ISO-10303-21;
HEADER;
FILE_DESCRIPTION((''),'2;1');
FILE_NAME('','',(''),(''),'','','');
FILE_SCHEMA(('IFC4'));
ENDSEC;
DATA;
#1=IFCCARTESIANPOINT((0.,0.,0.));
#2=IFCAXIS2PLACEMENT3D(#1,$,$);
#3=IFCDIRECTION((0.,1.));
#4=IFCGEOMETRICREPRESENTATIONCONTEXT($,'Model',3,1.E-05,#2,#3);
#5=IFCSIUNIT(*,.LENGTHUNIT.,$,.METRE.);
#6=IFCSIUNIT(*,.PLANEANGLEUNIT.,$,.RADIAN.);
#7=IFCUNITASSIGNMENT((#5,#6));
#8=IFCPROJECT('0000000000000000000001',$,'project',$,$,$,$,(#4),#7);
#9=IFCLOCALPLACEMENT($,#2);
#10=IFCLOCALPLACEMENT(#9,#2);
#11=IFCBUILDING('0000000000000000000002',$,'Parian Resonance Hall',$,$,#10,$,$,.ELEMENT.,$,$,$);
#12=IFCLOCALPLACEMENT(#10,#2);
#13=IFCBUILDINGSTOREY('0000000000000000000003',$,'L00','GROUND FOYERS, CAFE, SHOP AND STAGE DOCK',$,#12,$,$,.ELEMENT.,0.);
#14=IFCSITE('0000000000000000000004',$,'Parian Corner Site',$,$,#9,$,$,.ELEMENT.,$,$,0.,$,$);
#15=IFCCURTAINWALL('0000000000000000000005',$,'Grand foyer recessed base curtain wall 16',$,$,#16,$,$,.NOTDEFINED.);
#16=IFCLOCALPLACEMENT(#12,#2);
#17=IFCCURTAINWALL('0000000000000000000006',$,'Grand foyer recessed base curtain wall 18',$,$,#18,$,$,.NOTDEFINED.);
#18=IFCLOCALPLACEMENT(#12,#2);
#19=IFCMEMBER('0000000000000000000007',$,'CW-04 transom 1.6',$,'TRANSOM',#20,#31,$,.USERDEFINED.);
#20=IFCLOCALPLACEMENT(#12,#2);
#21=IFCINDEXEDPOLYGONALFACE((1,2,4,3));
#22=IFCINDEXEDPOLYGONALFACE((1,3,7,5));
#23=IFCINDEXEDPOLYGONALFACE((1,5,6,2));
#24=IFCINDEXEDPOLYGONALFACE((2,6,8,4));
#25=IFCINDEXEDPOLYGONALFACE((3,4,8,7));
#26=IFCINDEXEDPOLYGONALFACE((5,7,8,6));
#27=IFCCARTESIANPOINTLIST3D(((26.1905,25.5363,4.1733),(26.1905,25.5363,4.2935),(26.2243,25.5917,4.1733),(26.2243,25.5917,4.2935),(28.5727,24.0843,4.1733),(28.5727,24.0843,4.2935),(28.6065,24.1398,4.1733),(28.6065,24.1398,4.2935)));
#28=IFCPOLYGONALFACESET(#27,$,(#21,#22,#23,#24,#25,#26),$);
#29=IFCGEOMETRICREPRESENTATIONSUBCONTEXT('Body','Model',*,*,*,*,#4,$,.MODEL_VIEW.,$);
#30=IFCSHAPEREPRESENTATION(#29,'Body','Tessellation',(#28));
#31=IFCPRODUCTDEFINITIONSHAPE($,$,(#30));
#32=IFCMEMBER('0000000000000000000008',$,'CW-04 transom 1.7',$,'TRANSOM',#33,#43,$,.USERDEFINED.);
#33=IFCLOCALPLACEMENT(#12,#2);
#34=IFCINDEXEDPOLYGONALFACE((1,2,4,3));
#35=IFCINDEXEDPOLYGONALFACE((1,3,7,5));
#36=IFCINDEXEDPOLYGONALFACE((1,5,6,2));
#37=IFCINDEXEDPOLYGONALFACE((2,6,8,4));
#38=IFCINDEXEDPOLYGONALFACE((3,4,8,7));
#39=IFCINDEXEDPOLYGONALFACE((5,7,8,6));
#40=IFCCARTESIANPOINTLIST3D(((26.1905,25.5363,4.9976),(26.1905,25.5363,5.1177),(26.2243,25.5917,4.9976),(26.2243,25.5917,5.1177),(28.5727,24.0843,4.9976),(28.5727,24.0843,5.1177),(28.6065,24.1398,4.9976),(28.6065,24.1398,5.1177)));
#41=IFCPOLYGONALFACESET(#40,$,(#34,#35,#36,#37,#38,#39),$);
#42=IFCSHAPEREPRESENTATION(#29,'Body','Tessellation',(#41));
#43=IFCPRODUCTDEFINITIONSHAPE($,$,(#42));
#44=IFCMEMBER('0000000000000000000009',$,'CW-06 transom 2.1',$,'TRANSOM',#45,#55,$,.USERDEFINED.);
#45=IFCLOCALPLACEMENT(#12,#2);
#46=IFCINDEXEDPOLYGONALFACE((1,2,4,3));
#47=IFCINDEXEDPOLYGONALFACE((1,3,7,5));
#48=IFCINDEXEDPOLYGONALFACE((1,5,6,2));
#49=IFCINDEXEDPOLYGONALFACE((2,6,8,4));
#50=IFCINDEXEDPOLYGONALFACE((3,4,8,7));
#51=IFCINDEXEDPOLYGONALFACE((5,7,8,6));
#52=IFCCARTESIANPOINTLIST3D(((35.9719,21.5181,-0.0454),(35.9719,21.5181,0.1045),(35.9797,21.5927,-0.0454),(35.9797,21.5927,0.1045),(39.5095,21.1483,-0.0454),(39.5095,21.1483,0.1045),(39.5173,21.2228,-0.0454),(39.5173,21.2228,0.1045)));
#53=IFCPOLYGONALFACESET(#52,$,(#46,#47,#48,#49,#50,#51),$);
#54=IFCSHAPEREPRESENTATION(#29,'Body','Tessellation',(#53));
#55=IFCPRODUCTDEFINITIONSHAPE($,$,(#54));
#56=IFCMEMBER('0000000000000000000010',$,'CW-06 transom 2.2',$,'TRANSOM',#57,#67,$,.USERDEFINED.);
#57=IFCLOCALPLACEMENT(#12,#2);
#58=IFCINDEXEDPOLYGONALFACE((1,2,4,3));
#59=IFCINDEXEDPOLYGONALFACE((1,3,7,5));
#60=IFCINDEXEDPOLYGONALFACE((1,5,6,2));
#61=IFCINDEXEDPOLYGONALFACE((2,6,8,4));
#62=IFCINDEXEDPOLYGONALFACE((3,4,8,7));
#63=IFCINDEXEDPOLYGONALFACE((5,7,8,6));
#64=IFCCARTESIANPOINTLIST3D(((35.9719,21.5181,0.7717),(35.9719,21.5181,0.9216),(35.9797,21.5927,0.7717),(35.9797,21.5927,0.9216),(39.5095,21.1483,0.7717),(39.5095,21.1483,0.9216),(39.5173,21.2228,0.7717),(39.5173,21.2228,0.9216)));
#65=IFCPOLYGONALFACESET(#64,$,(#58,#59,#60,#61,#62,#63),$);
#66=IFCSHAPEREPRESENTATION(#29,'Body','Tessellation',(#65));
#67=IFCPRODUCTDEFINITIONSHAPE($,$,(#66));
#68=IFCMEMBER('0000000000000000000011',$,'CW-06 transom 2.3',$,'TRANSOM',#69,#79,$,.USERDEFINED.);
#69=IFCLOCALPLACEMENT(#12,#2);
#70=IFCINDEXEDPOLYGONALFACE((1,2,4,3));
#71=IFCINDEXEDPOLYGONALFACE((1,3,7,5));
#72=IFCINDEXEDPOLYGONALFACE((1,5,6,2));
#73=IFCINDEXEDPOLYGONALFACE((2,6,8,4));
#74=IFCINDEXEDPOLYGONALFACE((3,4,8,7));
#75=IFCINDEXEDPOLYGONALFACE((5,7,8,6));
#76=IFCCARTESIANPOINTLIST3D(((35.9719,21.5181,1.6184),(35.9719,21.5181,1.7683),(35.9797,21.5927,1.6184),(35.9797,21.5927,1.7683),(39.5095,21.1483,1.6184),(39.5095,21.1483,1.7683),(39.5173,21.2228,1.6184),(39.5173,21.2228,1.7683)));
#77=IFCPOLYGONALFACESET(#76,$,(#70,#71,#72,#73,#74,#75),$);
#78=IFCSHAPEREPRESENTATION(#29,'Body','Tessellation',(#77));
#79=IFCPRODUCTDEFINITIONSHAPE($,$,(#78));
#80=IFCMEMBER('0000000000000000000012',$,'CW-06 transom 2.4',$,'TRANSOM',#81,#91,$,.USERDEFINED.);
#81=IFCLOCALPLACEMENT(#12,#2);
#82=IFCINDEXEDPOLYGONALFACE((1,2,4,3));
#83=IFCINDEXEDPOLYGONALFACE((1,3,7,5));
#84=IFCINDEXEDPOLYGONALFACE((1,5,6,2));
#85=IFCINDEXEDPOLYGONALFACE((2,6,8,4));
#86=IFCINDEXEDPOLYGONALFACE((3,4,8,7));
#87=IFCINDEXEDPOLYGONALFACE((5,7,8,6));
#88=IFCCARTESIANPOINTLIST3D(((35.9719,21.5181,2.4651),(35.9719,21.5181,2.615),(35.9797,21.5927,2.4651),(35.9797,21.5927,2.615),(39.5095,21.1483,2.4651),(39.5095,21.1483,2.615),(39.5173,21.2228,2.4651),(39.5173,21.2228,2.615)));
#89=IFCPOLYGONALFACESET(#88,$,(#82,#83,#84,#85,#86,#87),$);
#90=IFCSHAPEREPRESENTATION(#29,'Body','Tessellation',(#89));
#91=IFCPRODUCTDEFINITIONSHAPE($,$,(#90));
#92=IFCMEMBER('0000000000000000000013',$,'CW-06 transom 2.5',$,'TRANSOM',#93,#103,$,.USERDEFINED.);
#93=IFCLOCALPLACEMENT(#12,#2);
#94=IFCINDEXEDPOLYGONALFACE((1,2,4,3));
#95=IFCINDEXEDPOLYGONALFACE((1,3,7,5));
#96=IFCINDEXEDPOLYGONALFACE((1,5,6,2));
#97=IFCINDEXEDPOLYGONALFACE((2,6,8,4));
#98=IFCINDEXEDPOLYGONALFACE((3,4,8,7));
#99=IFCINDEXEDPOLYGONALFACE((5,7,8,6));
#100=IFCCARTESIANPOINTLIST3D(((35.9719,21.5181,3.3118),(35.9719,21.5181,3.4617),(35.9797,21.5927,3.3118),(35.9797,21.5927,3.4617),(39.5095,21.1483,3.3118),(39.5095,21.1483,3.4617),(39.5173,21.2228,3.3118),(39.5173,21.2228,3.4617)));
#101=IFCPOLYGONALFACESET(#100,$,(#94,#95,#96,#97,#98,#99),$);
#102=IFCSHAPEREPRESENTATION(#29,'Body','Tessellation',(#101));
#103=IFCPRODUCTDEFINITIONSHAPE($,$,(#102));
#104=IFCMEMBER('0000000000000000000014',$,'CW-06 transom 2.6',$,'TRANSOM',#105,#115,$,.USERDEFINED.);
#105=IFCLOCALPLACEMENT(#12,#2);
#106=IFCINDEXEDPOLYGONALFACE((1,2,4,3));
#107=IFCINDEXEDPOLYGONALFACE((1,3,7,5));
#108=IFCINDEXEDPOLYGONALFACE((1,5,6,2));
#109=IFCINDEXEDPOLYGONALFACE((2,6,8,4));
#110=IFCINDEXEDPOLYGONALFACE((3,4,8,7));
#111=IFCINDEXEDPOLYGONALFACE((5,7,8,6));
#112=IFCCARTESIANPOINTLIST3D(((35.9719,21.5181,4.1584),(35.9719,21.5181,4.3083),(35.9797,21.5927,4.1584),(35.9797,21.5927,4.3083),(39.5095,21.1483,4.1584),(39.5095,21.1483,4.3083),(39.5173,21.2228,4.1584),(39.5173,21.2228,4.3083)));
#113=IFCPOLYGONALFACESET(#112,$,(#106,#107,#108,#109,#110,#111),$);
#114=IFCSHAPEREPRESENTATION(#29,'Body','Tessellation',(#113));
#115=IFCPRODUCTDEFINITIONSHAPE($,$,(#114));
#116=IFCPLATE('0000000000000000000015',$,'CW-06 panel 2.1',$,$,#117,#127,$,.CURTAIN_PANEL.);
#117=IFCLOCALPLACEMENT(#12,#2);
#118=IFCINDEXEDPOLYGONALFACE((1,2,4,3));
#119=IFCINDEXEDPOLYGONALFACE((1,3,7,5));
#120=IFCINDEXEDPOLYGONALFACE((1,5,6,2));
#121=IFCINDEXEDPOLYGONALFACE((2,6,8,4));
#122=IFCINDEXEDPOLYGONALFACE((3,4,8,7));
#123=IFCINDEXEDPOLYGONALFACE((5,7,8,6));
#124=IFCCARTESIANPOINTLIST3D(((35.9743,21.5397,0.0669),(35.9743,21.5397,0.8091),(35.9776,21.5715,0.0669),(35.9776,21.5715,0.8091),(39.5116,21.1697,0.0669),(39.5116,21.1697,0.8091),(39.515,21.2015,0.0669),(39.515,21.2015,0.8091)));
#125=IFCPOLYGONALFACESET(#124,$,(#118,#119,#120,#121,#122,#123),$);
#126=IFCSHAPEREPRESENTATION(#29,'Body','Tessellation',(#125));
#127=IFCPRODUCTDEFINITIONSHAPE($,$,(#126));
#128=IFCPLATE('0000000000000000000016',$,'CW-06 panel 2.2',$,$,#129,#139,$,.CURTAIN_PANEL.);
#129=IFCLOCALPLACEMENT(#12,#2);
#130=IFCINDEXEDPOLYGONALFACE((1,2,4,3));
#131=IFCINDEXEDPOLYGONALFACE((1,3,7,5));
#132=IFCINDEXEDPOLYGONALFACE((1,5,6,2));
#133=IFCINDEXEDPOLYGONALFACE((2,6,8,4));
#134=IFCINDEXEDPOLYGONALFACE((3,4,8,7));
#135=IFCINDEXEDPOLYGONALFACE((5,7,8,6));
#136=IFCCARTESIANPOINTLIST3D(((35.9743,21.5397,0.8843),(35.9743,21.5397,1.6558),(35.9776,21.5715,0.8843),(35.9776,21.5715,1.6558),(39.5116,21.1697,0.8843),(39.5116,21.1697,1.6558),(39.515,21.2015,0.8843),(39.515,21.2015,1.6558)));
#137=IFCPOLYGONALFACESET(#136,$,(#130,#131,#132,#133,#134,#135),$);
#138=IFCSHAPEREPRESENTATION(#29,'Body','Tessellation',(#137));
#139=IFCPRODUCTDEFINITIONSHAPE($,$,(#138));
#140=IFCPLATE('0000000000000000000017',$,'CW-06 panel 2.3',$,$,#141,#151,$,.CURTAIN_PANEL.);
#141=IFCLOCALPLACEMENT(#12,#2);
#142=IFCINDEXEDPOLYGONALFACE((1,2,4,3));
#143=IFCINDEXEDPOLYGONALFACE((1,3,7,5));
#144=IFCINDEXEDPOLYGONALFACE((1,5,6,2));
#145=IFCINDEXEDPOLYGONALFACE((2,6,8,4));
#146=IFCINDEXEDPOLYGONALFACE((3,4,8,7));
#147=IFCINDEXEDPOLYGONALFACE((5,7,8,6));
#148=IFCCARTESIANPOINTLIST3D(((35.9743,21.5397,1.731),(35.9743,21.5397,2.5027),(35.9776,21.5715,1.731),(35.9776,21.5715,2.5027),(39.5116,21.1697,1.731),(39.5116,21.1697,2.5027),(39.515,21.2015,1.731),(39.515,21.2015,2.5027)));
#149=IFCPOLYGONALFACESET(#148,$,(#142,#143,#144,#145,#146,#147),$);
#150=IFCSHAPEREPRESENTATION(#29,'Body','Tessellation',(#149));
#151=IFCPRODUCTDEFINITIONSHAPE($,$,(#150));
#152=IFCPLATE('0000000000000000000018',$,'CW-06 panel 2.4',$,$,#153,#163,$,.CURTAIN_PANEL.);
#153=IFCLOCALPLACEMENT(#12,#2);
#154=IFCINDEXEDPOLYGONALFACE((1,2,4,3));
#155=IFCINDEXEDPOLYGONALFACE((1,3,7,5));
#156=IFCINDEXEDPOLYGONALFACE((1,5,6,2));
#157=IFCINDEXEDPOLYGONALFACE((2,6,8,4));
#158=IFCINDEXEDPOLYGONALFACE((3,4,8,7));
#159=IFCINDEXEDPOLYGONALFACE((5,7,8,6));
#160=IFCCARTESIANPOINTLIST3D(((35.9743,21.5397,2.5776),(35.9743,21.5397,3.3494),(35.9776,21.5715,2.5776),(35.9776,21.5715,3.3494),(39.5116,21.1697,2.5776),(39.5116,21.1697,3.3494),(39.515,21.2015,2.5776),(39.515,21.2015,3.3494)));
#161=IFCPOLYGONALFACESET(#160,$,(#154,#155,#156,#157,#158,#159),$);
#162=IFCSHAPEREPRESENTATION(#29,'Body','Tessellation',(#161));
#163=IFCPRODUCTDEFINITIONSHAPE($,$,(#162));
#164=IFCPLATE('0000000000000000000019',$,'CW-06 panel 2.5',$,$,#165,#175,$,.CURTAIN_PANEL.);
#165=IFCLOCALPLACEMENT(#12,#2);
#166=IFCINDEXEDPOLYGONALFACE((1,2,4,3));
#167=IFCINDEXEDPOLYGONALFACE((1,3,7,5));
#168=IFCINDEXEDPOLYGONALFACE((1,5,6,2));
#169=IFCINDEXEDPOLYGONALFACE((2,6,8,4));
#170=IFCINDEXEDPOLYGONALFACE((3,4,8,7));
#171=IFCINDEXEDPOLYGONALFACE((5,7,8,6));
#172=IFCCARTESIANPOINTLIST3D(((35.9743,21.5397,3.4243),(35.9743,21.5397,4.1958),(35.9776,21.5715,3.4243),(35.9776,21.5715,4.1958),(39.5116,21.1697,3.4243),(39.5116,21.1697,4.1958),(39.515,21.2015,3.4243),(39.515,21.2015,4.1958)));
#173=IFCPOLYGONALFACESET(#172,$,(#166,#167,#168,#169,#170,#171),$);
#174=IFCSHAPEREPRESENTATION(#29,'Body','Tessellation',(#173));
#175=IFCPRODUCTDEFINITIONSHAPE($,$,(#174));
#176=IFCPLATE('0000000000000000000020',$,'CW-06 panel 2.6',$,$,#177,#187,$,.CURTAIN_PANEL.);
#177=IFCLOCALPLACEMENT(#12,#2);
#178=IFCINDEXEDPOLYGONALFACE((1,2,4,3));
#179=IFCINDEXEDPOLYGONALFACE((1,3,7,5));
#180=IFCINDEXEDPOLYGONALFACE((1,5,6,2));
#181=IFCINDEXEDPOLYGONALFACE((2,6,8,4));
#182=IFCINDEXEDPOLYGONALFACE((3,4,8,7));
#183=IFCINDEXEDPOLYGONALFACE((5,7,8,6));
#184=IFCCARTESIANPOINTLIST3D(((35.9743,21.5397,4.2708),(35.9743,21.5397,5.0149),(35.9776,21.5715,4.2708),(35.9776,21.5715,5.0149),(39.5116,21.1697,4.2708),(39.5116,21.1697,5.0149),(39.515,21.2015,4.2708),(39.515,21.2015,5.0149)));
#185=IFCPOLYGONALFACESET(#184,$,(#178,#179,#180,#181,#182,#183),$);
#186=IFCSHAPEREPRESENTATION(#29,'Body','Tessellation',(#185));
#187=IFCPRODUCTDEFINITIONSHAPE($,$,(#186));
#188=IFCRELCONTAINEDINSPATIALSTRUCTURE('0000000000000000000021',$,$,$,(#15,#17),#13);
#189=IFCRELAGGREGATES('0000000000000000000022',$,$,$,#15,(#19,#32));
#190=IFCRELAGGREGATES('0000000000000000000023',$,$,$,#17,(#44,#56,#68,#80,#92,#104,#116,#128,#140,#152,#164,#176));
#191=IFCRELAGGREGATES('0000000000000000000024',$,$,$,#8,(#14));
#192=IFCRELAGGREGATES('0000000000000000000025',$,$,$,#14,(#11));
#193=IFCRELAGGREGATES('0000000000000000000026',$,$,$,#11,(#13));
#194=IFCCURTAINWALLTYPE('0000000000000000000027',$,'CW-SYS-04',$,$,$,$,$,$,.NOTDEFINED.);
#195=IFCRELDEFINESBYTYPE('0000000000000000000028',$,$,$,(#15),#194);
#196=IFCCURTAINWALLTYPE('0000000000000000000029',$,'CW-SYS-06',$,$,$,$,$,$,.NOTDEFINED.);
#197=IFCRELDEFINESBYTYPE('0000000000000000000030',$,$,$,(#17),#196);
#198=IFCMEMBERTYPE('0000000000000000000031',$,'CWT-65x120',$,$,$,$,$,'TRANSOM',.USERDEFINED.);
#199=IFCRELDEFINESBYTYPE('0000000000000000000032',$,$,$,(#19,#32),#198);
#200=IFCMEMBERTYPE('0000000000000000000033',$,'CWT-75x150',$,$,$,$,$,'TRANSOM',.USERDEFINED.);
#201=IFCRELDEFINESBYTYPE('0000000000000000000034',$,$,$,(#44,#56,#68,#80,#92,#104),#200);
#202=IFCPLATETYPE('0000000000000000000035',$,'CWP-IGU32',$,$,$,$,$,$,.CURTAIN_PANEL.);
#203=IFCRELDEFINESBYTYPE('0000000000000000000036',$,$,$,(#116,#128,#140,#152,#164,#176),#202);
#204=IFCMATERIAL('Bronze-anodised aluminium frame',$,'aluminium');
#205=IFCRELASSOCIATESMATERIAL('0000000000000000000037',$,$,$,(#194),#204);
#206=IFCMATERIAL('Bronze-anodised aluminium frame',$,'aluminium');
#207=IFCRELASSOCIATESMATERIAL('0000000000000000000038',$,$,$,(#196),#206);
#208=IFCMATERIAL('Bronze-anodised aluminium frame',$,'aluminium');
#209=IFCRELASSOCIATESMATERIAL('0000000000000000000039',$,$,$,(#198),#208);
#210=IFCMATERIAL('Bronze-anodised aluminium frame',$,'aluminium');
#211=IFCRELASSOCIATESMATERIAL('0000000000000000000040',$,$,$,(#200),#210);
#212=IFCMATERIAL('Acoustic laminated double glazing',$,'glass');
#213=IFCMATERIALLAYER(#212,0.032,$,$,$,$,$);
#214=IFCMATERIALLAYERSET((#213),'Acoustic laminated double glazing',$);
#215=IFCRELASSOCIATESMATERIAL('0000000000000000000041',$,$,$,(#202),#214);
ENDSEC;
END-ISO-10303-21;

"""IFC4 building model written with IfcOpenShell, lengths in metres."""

from ifc_helpers import new_model, si_unit, direction, frame, origin, origin_2d, place, context, subcontext, project, spatial, rectangle, extrude, material, layer, layer_set, material_profile, profile_set, type_object, element, aggregate, save


model = new_model("IFC4")

# Units and contexts
model_context = context("Model", 3, precision=1e-05, world=origin(), true_north=direction((0.0, 1.0)))
body_context = subcontext(model_context, "Body", "Model", "MODEL_VIEW")
ifc_project = project(units=[si_unit("LENGTHUNIT", "METRE"), si_unit("PLANEANGLEUNIT", "RADIAN")], contexts=[model_context])

# Site, building, storey
site_placement = place(None, origin())
site = spatial("IfcSite", under=ifc_project, at=site_placement, Name="Parian Corner Site", CompositionType="ELEMENT", RefElevation=0.0)
building_placement = place(site_placement, origin())
building = spatial("IfcBuilding", under=site, at=building_placement, Name="Parian Resonance Hall", CompositionType="ELEMENT")
storey_placement = place(building_placement, origin())
storey = spatial("IfcBuildingStorey", under=building, at=storey_placement, Name="L00", Description="GROUND FOYERS, CAFE, SHOP AND STAGE DOCK", CompositionType="ELEMENT", Elevation=0.0)

# Curtain walls
ifc_material_1 = material(Name="Bronze-anodised aluminium frame", Category="aluminium")
curtain_wall_type_1 = type_object("IfcCurtainWallType", Name="CW-SYS-04", PredefinedType="NOTDEFINED", material=ifc_material_1)
curtain_wall_1_placement = place(storey_placement, origin())
curtain_wall_1 = element("IfcCurtainWall", 1, at=curtain_wall_1_placement, inside=storey, type_object=curtain_wall_type_1, Name="Grand foyer recessed base curtain wall 16", PredefinedType="NOTDEFINED")
ifc_material_2 = material(Name="Bronze-anodised aluminium frame", Category="aluminium")
curtain_wall_type_2 = type_object("IfcCurtainWallType", Name="CW-SYS-06", PredefinedType="NOTDEFINED", material=ifc_material_2)
curtain_wall_2_placement = place(storey_placement, origin())
curtain_wall_2 = element("IfcCurtainWall", 2, at=curtain_wall_2_placement, inside=storey, type_object=curtain_wall_type_2, Name="Grand foyer recessed base curtain wall 18", PredefinedType="NOTDEFINED")

# Members
ifc_material_3 = material(Name="Bronze-anodised aluminium frame", Category="aluminium")
ifc_material_profile_1 = material_profile(ifc_material_3, rectangle(XDim=0.0649, YDim=0.1201, at=origin_2d()), Name="CWT-65x120")
ifc_profile_set_1 = profile_set([ifc_material_profile_1], Name="Bronze-anodised aluminium frame")
member_type_1 = type_object("IfcMemberType", Name="CWT-65x120", ElementType="TRANSOM", PredefinedType="USERDEFINED", material=ifc_profile_set_1)
member_1_placement = place(storey_placement, frame((28.5896, 24.1121, 4.2334), z_axis=(-0.853889, 0.520455, 0.0), x_axis=(-0.520455, -0.853889, 0.0)))
member_1 = element("IfcMember", 3, at=member_1_placement, type_object=member_type_1, Name="CW-04 transom 1.6", ObjectType="TRANSOM", PredefinedType="USERDEFINED", context=body_context, shape_type="SweptSolid", body=[
    extrude(rectangle(XDim=0.0649, YDim=0.1201, at=origin_2d()), origin(), (0.0, 0.0, 1.0), 2.7898),
])
member_2_placement = place(storey_placement, frame((28.5896, 24.1121, 5.0576), z_axis=(-0.853889, 0.520455, 0.0), x_axis=(-0.520455, -0.853889, 0.0)))
member_2 = element("IfcMember", 4, at=member_2_placement, type_object=member_type_1, Name="CW-04 transom 1.7", ObjectType="TRANSOM", PredefinedType="USERDEFINED", context=body_context, shape_type="SweptSolid", body=[
    extrude(rectangle(XDim=0.0649, YDim=0.1201, at=origin_2d()), origin(), (0.0, 0.0, 1.0), 2.7898),
])
aggregate(curtain_wall_1, [member_1, member_2])
ifc_material_4 = material(Name="Bronze-anodised aluminium frame", Category="aluminium")
ifc_material_profile_2 = material_profile(ifc_material_4, rectangle(XDim=0.075, YDim=0.1499, at=origin_2d()), Name="CWT-75x150")
ifc_profile_set_2 = profile_set([ifc_material_profile_2], Name="Bronze-anodised aluminium frame")
member_type_2 = type_object("IfcMemberType", Name="CWT-75x150", ElementType="TRANSOM", PredefinedType="USERDEFINED", material=ifc_profile_set_2)
member_3_placement = place(storey_placement, frame((39.5134, 21.1855, 0.0295), z_axis=(-0.994579, 0.103988, 0.0), x_axis=(-0.103988, -0.994579, 0.0)))
member_3 = element("IfcMember", 5, at=member_3_placement, type_object=member_type_2, Name="CW-06 transom 2.1", ObjectType="TRANSOM", PredefinedType="USERDEFINED", context=body_context, shape_type="SweptSolid", body=[
    extrude(rectangle(XDim=0.075, YDim=0.1499, at=origin_2d()), origin(), (0.0, 0.0, 1.0), 3.5569),
])
member_4_placement = place(storey_placement, frame((39.5134, 21.1855, 0.8467), z_axis=(-0.994579, 0.103988, 0.0), x_axis=(-0.103988, -0.994579, 0.0)))
member_4 = element("IfcMember", 6, at=member_4_placement, type_object=member_type_2, Name="CW-06 transom 2.2", ObjectType="TRANSOM", PredefinedType="USERDEFINED", context=body_context, shape_type="SweptSolid", body=[
    extrude(rectangle(XDim=0.075, YDim=0.1499, at=origin_2d()), origin(), (0.0, 0.0, 1.0), 3.5569),
])
member_5_placement = place(storey_placement, frame((39.5134, 21.1855, 1.6934), z_axis=(-0.994579, 0.103988, 0.0), x_axis=(-0.103988, -0.994579, 0.0)))
member_5 = element("IfcMember", 7, at=member_5_placement, type_object=member_type_2, Name="CW-06 transom 2.3", ObjectType="TRANSOM", PredefinedType="USERDEFINED", context=body_context, shape_type="SweptSolid", body=[
    extrude(rectangle(XDim=0.075, YDim=0.1499, at=origin_2d()), origin(), (0.0, 0.0, 1.0), 3.5569),
])
member_6_placement = place(storey_placement, frame((39.5134, 21.1855, 2.54), z_axis=(-0.994579, 0.103988, 0.0), x_axis=(-0.103988, -0.994579, 0.0)))
member_6 = element("IfcMember", 8, at=member_6_placement, type_object=member_type_2, Name="CW-06 transom 2.4", ObjectType="TRANSOM", PredefinedType="USERDEFINED", context=body_context, shape_type="SweptSolid", body=[
    extrude(rectangle(XDim=0.075, YDim=0.1499, at=origin_2d()), origin(), (0.0, 0.0, 1.0), 3.5569),
])
member_7_placement = place(storey_placement, frame((39.5134, 21.1855, 3.3867), z_axis=(-0.994579, 0.103988, 0.0), x_axis=(-0.103988, -0.994579, 0.0)))
member_7 = element("IfcMember", 9, at=member_7_placement, type_object=member_type_2, Name="CW-06 transom 2.5", ObjectType="TRANSOM", PredefinedType="USERDEFINED", context=body_context, shape_type="SweptSolid", body=[
    extrude(rectangle(XDim=0.075, YDim=0.1499, at=origin_2d()), origin(), (0.0, 0.0, 1.0), 3.5569),
])
member_8_placement = place(storey_placement, frame((39.5134, 21.1855, 4.2334), z_axis=(-0.994579, 0.103988, 0.0), x_axis=(-0.103988, -0.994579, 0.0)))
member_8 = element("IfcMember", 10, at=member_8_placement, type_object=member_type_2, Name="CW-06 transom 2.6", ObjectType="TRANSOM", PredefinedType="USERDEFINED", context=body_context, shape_type="SweptSolid", body=[
    extrude(rectangle(XDim=0.075, YDim=0.1499, at=origin_2d()), origin(), (0.0, 0.0, 1.0), 3.5569),
])

# Plates
ifc_material_5 = material(Name="Acoustic laminated double glazing", Category="glass")
ifc_layer_1 = layer(ifc_material_5, 0.032)
ifc_layer_set_1 = layer_set([ifc_layer_1], Name="Acoustic laminated double glazing")
plate_type = type_object("IfcPlateType", Name="CWP-IGU32", PredefinedType="CURTAIN_PANEL", material=ifc_layer_set_1)
plate_1_placement = place(storey_placement, frame((37.7446, 21.3706, 0.0669), z_axis=(0.0, 0.0, 1.0), x_axis=(-0.994576, 0.104013, 0.0)))
plate_1 = element("IfcPlate", 11, at=plate_1_placement, type_object=plate_type, Name="CW-06 panel 2.1", PredefinedType="CURTAIN_PANEL", context=body_context, shape_type="SweptSolid", body=[
    extrude(rectangle(XDim=3.5566, YDim=0.032, at=origin_2d()), origin(), (0.0, 0.0, 1.0), 0.7422),
])
plate_2_placement = place(storey_placement, frame((37.7446, 21.3706, 0.8843), z_axis=(0.0, 0.0, 1.0), x_axis=(-0.994576, 0.104013, 0.0)))
plate_2 = element("IfcPlate", 12, at=plate_2_placement, type_object=plate_type, Name="CW-06 panel 2.2", PredefinedType="CURTAIN_PANEL", context=body_context, shape_type="SweptSolid", body=[
    extrude(rectangle(XDim=3.5566, YDim=0.032, at=origin_2d()), origin(), (0.0, 0.0, 1.0), 0.7715),
])
plate_3_placement = place(storey_placement, frame((37.7446, 21.3706, 1.731), z_axis=(0.0, 0.0, 1.0), x_axis=(-0.994576, 0.104013, 0.0)))
plate_3 = element("IfcPlate", 13, at=plate_3_placement, type_object=plate_type, Name="CW-06 panel 2.3", PredefinedType="CURTAIN_PANEL", context=body_context, shape_type="SweptSolid", body=[
    extrude(rectangle(XDim=3.5566, YDim=0.032, at=origin_2d()), origin(), (0.0, 0.0, 1.0), 0.7717),
])
plate_4_placement = place(storey_placement, frame((37.7446, 21.3706, 2.5776), z_axis=(0.0, 0.0, 1.0), x_axis=(-0.994576, 0.104013, 0.0)))
plate_4 = element("IfcPlate", 14, at=plate_4_placement, type_object=plate_type, Name="CW-06 panel 2.4", PredefinedType="CURTAIN_PANEL", context=body_context, shape_type="SweptSolid", body=[
    extrude(rectangle(XDim=3.5566, YDim=0.032, at=origin_2d()), origin(), (0.0, 0.0, 1.0), 0.7717),
])
plate_5_placement = place(storey_placement, frame((37.7446, 21.3706, 3.4243), z_axis=(0.0, 0.0, 1.0), x_axis=(-0.994576, 0.104013, 0.0)))
plate_5 = element("IfcPlate", 15, at=plate_5_placement, type_object=plate_type, Name="CW-06 panel 2.5", PredefinedType="CURTAIN_PANEL", context=body_context, shape_type="SweptSolid", body=[
    extrude(rectangle(XDim=3.5566, YDim=0.032, at=origin_2d()), origin(), (0.0, 0.0, 1.0), 0.7715),
])
plate_6_placement = place(storey_placement, frame((37.7446, 21.3706, 4.2708), z_axis=(0.0, 0.0, 1.0), x_axis=(-0.994576, 0.104013, 0.0)))
plate_6 = element("IfcPlate", 16, at=plate_6_placement, type_object=plate_type, Name="CW-06 panel 2.6", PredefinedType="CURTAIN_PANEL", context=body_context, shape_type="SweptSolid", body=[
    extrude(rectangle(XDim=3.5566, YDim=0.032, at=origin_2d()), origin(), (0.0, 0.0, 1.0), 0.7441),
])
aggregate(curtain_wall_2, [member_3, member_4, member_5, member_6, member_7, member_8, plate_1, plate_2, plate_3, plate_4, plate_5, plate_6])

save(model, "model.ifc")
